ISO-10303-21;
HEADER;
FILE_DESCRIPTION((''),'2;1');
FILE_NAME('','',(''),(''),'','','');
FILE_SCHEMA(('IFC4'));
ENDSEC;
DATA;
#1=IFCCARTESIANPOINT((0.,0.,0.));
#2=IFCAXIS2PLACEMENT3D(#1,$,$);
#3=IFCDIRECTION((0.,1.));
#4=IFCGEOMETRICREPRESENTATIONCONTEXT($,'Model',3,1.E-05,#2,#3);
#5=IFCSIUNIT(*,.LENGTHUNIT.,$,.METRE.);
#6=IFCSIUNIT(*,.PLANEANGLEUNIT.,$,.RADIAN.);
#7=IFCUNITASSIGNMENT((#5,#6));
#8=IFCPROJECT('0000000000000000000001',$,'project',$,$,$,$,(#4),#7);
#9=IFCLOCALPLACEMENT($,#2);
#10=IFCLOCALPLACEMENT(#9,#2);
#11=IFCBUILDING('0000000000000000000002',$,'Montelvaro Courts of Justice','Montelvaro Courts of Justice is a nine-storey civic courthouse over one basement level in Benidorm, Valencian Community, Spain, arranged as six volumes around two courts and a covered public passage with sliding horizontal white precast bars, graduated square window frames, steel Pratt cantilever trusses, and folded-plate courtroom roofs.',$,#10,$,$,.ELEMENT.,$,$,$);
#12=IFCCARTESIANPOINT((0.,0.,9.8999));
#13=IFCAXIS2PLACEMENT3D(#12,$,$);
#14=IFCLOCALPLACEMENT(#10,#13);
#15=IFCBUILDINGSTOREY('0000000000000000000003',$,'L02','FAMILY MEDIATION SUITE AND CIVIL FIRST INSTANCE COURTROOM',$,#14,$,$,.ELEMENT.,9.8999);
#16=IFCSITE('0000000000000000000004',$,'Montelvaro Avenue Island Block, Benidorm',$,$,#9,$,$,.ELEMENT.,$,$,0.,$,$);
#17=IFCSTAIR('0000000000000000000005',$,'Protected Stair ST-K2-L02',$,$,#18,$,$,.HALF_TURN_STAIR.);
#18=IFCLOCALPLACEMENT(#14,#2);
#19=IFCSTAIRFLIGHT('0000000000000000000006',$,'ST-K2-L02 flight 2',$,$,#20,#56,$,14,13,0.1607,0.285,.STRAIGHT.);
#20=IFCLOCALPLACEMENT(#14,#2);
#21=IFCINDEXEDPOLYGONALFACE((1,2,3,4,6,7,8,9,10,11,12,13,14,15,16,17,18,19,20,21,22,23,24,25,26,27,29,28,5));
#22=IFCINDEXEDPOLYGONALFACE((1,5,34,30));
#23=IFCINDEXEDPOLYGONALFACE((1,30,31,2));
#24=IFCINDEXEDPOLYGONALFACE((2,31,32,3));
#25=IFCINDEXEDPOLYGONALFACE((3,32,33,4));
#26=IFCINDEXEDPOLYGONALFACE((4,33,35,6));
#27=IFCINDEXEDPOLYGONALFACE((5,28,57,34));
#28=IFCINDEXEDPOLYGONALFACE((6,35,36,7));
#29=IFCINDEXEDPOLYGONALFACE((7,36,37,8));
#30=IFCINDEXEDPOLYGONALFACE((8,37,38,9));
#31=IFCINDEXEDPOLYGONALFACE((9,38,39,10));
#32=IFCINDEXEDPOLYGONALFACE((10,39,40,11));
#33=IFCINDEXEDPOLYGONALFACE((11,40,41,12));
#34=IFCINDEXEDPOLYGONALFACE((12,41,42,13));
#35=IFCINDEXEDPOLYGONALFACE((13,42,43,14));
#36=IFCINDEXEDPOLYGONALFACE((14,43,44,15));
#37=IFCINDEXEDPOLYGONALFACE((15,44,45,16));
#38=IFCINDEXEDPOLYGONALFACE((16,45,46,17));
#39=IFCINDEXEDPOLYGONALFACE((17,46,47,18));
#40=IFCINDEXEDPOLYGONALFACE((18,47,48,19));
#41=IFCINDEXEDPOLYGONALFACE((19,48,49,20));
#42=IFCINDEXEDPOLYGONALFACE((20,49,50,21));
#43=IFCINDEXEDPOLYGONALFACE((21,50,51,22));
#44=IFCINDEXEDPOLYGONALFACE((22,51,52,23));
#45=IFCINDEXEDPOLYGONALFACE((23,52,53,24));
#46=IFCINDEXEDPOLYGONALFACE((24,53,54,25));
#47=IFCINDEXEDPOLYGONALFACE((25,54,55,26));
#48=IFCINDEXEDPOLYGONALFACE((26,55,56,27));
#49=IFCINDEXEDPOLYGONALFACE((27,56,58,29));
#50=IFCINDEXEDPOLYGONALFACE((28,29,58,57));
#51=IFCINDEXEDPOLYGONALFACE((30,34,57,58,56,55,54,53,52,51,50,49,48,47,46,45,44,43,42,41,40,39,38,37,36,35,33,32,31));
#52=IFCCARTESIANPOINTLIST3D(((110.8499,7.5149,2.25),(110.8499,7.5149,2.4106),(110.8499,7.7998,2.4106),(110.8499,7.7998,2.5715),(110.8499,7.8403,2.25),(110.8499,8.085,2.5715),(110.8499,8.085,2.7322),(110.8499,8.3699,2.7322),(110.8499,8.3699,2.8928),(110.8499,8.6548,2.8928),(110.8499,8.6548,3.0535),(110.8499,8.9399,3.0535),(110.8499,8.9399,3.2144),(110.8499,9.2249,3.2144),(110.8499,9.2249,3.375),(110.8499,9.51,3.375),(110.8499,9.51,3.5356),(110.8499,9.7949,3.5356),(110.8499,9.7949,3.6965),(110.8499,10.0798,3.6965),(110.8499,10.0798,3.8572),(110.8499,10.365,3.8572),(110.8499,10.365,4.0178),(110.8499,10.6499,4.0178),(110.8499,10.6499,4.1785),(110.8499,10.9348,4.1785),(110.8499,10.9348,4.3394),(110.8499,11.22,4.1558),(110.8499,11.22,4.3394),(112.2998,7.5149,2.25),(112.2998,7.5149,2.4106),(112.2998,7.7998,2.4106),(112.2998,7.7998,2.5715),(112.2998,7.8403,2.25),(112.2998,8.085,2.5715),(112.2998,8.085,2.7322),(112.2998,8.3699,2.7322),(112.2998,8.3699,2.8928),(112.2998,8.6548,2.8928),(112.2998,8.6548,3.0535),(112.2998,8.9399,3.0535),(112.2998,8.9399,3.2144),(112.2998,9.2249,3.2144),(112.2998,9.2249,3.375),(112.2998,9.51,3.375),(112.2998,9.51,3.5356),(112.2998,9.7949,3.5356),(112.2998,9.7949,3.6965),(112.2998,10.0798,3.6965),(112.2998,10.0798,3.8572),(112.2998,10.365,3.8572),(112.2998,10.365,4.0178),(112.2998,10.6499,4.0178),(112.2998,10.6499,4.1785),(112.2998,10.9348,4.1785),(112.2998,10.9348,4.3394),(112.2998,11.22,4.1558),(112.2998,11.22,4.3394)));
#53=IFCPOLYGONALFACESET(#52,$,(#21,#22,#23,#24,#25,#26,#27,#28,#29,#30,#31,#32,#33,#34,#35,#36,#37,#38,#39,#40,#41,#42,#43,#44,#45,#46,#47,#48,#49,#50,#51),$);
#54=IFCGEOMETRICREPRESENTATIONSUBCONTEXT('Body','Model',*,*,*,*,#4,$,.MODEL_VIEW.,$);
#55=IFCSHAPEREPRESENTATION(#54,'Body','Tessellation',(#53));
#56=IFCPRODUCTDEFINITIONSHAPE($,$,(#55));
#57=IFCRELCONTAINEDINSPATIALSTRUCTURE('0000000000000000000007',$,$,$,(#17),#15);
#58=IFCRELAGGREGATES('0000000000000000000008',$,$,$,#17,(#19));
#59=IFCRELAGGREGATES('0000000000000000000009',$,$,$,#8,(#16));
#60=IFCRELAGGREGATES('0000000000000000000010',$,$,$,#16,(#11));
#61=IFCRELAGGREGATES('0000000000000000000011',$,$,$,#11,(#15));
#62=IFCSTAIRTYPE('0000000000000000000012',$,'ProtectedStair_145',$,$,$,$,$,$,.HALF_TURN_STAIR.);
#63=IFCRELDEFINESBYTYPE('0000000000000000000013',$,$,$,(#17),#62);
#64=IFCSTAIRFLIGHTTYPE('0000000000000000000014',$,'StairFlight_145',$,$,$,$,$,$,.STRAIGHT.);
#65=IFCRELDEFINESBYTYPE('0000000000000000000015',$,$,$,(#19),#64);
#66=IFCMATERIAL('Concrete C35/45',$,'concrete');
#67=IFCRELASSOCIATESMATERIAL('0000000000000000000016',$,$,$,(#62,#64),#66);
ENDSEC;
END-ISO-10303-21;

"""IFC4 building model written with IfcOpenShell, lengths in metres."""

from ifc_helpers import new_model, si_unit, direction, frame, origin, place, context, subcontext, project, spatial, polyline, outline, extrude, material, type_object, element, aggregate, save


model = new_model("IFC4")

# Units and contexts
model_context = context("Model", 3, precision=1e-05, world=origin(), true_north=direction((0.0, 1.0)))
body_context = subcontext(model_context, "Body", "Model", "MODEL_VIEW")
ifc_project = project(units=[si_unit("LENGTHUNIT", "METRE"), si_unit("PLANEANGLEUNIT", "RADIAN")], contexts=[model_context])

# Site, building, storey
site_placement = place(None, origin())
site = spatial("IfcSite", under=ifc_project, at=site_placement, Name="Montelvaro Avenue Island Block, Benidorm", CompositionType="ELEMENT", RefElevation=0.0)
building_placement = place(site_placement, origin())
building = spatial("IfcBuilding", under=site, at=building_placement, Name="Montelvaro Courts of Justice", Description="Montelvaro Courts of Justice is a nine-storey civic courthouse over one basement level in Benidorm, Valencian Community, Spain, arranged as six volumes around two courts and a covered public passage with sliding horizontal white precast bars, graduated square window frames, steel Pratt cantilever trusses, and folded-plate courtroom roofs.", CompositionType="ELEMENT")
storey_placement = place(building_placement, frame((0.0, 0.0, 9.8999)))
storey = spatial("IfcBuildingStorey", under=building, at=storey_placement, Name="L02", Description="FAMILY MEDIATION SUITE AND CIVIL FIRST INSTANCE COURTROOM", CompositionType="ELEMENT", Elevation=9.8999)

# Shared definitions
ifc_material_1 = material(Name="Concrete C35/45", Category="concrete")

# Stair, stair flight
stair_type = type_object("IfcStairType", Name="ProtectedStair_145", PredefinedType="HALF_TURN_STAIR", material=ifc_material_1)
stair_placement = place(storey_placement, origin())
stair = element("IfcStair", 1, at=stair_placement, inside=storey, type_object=stair_type, Name="Protected Stair ST-K2-L02", PredefinedType="HALF_TURN_STAIR")
stair_flight_type = type_object("IfcStairFlightType", Name="StairFlight_145", PredefinedType="STRAIGHT", material=ifc_material_1)
stair_flight_placement = place(storey_placement, frame((111.575, 7.5149, 2.25), z_axis=(0.0, 0.0, 1.0), x_axis=(0.0, 1.0, 0.0)))
stair_flight = element("IfcStairFlight", 2, at=stair_flight_placement, type_object=stair_flight_type, Name="ST-K2-L02 flight 2", NumberOfRisers=14, NumberOfTreads=13, PredefinedType="STRAIGHT", RiserHeight=0.1607, TreadLength=0.285, context=body_context, shape_type="SweptSolid", body=[
    extrude(outline(polyline([(0.0, 0.0), (0.0, 0.1606), (0.2849, 0.1606), (0.2849, 0.3215), (0.5701, 0.3215), (0.5701, 0.4822), (0.855, 0.4822), (0.855, 0.6428), (1.1399, 0.6428), (1.1399, 0.8035), (1.425, 0.8035), (1.425, 0.9644), (1.71, 0.9644), (1.71, 1.125), (1.9951, 1.125), (1.9951, 1.2856), (2.28, 1.2856), (2.28, 1.4465), (2.5649, 1.4465), (2.5649, 1.6072), (2.8501, 1.6072), (2.8501, 1.7678), (3.135, 1.7678), (3.135, 1.9285), (3.4199, 1.9285), (3.4199, 2.0894), (3.7051, 2.0894), (3.7051, 2.25), (3.7051, 1.9058), (0.3254, 0.0), (0.0, 0.0)])), frame((0.0, 0.7251, 0.0), z_axis=(0.0, -1.0, 0.0), x_axis=(1.0, 0.0, 0.0)), (0.0, 0.0, 1.0), 1.45),
])
aggregate(stair, [stair_flight])

save(model, "model.ifc")
